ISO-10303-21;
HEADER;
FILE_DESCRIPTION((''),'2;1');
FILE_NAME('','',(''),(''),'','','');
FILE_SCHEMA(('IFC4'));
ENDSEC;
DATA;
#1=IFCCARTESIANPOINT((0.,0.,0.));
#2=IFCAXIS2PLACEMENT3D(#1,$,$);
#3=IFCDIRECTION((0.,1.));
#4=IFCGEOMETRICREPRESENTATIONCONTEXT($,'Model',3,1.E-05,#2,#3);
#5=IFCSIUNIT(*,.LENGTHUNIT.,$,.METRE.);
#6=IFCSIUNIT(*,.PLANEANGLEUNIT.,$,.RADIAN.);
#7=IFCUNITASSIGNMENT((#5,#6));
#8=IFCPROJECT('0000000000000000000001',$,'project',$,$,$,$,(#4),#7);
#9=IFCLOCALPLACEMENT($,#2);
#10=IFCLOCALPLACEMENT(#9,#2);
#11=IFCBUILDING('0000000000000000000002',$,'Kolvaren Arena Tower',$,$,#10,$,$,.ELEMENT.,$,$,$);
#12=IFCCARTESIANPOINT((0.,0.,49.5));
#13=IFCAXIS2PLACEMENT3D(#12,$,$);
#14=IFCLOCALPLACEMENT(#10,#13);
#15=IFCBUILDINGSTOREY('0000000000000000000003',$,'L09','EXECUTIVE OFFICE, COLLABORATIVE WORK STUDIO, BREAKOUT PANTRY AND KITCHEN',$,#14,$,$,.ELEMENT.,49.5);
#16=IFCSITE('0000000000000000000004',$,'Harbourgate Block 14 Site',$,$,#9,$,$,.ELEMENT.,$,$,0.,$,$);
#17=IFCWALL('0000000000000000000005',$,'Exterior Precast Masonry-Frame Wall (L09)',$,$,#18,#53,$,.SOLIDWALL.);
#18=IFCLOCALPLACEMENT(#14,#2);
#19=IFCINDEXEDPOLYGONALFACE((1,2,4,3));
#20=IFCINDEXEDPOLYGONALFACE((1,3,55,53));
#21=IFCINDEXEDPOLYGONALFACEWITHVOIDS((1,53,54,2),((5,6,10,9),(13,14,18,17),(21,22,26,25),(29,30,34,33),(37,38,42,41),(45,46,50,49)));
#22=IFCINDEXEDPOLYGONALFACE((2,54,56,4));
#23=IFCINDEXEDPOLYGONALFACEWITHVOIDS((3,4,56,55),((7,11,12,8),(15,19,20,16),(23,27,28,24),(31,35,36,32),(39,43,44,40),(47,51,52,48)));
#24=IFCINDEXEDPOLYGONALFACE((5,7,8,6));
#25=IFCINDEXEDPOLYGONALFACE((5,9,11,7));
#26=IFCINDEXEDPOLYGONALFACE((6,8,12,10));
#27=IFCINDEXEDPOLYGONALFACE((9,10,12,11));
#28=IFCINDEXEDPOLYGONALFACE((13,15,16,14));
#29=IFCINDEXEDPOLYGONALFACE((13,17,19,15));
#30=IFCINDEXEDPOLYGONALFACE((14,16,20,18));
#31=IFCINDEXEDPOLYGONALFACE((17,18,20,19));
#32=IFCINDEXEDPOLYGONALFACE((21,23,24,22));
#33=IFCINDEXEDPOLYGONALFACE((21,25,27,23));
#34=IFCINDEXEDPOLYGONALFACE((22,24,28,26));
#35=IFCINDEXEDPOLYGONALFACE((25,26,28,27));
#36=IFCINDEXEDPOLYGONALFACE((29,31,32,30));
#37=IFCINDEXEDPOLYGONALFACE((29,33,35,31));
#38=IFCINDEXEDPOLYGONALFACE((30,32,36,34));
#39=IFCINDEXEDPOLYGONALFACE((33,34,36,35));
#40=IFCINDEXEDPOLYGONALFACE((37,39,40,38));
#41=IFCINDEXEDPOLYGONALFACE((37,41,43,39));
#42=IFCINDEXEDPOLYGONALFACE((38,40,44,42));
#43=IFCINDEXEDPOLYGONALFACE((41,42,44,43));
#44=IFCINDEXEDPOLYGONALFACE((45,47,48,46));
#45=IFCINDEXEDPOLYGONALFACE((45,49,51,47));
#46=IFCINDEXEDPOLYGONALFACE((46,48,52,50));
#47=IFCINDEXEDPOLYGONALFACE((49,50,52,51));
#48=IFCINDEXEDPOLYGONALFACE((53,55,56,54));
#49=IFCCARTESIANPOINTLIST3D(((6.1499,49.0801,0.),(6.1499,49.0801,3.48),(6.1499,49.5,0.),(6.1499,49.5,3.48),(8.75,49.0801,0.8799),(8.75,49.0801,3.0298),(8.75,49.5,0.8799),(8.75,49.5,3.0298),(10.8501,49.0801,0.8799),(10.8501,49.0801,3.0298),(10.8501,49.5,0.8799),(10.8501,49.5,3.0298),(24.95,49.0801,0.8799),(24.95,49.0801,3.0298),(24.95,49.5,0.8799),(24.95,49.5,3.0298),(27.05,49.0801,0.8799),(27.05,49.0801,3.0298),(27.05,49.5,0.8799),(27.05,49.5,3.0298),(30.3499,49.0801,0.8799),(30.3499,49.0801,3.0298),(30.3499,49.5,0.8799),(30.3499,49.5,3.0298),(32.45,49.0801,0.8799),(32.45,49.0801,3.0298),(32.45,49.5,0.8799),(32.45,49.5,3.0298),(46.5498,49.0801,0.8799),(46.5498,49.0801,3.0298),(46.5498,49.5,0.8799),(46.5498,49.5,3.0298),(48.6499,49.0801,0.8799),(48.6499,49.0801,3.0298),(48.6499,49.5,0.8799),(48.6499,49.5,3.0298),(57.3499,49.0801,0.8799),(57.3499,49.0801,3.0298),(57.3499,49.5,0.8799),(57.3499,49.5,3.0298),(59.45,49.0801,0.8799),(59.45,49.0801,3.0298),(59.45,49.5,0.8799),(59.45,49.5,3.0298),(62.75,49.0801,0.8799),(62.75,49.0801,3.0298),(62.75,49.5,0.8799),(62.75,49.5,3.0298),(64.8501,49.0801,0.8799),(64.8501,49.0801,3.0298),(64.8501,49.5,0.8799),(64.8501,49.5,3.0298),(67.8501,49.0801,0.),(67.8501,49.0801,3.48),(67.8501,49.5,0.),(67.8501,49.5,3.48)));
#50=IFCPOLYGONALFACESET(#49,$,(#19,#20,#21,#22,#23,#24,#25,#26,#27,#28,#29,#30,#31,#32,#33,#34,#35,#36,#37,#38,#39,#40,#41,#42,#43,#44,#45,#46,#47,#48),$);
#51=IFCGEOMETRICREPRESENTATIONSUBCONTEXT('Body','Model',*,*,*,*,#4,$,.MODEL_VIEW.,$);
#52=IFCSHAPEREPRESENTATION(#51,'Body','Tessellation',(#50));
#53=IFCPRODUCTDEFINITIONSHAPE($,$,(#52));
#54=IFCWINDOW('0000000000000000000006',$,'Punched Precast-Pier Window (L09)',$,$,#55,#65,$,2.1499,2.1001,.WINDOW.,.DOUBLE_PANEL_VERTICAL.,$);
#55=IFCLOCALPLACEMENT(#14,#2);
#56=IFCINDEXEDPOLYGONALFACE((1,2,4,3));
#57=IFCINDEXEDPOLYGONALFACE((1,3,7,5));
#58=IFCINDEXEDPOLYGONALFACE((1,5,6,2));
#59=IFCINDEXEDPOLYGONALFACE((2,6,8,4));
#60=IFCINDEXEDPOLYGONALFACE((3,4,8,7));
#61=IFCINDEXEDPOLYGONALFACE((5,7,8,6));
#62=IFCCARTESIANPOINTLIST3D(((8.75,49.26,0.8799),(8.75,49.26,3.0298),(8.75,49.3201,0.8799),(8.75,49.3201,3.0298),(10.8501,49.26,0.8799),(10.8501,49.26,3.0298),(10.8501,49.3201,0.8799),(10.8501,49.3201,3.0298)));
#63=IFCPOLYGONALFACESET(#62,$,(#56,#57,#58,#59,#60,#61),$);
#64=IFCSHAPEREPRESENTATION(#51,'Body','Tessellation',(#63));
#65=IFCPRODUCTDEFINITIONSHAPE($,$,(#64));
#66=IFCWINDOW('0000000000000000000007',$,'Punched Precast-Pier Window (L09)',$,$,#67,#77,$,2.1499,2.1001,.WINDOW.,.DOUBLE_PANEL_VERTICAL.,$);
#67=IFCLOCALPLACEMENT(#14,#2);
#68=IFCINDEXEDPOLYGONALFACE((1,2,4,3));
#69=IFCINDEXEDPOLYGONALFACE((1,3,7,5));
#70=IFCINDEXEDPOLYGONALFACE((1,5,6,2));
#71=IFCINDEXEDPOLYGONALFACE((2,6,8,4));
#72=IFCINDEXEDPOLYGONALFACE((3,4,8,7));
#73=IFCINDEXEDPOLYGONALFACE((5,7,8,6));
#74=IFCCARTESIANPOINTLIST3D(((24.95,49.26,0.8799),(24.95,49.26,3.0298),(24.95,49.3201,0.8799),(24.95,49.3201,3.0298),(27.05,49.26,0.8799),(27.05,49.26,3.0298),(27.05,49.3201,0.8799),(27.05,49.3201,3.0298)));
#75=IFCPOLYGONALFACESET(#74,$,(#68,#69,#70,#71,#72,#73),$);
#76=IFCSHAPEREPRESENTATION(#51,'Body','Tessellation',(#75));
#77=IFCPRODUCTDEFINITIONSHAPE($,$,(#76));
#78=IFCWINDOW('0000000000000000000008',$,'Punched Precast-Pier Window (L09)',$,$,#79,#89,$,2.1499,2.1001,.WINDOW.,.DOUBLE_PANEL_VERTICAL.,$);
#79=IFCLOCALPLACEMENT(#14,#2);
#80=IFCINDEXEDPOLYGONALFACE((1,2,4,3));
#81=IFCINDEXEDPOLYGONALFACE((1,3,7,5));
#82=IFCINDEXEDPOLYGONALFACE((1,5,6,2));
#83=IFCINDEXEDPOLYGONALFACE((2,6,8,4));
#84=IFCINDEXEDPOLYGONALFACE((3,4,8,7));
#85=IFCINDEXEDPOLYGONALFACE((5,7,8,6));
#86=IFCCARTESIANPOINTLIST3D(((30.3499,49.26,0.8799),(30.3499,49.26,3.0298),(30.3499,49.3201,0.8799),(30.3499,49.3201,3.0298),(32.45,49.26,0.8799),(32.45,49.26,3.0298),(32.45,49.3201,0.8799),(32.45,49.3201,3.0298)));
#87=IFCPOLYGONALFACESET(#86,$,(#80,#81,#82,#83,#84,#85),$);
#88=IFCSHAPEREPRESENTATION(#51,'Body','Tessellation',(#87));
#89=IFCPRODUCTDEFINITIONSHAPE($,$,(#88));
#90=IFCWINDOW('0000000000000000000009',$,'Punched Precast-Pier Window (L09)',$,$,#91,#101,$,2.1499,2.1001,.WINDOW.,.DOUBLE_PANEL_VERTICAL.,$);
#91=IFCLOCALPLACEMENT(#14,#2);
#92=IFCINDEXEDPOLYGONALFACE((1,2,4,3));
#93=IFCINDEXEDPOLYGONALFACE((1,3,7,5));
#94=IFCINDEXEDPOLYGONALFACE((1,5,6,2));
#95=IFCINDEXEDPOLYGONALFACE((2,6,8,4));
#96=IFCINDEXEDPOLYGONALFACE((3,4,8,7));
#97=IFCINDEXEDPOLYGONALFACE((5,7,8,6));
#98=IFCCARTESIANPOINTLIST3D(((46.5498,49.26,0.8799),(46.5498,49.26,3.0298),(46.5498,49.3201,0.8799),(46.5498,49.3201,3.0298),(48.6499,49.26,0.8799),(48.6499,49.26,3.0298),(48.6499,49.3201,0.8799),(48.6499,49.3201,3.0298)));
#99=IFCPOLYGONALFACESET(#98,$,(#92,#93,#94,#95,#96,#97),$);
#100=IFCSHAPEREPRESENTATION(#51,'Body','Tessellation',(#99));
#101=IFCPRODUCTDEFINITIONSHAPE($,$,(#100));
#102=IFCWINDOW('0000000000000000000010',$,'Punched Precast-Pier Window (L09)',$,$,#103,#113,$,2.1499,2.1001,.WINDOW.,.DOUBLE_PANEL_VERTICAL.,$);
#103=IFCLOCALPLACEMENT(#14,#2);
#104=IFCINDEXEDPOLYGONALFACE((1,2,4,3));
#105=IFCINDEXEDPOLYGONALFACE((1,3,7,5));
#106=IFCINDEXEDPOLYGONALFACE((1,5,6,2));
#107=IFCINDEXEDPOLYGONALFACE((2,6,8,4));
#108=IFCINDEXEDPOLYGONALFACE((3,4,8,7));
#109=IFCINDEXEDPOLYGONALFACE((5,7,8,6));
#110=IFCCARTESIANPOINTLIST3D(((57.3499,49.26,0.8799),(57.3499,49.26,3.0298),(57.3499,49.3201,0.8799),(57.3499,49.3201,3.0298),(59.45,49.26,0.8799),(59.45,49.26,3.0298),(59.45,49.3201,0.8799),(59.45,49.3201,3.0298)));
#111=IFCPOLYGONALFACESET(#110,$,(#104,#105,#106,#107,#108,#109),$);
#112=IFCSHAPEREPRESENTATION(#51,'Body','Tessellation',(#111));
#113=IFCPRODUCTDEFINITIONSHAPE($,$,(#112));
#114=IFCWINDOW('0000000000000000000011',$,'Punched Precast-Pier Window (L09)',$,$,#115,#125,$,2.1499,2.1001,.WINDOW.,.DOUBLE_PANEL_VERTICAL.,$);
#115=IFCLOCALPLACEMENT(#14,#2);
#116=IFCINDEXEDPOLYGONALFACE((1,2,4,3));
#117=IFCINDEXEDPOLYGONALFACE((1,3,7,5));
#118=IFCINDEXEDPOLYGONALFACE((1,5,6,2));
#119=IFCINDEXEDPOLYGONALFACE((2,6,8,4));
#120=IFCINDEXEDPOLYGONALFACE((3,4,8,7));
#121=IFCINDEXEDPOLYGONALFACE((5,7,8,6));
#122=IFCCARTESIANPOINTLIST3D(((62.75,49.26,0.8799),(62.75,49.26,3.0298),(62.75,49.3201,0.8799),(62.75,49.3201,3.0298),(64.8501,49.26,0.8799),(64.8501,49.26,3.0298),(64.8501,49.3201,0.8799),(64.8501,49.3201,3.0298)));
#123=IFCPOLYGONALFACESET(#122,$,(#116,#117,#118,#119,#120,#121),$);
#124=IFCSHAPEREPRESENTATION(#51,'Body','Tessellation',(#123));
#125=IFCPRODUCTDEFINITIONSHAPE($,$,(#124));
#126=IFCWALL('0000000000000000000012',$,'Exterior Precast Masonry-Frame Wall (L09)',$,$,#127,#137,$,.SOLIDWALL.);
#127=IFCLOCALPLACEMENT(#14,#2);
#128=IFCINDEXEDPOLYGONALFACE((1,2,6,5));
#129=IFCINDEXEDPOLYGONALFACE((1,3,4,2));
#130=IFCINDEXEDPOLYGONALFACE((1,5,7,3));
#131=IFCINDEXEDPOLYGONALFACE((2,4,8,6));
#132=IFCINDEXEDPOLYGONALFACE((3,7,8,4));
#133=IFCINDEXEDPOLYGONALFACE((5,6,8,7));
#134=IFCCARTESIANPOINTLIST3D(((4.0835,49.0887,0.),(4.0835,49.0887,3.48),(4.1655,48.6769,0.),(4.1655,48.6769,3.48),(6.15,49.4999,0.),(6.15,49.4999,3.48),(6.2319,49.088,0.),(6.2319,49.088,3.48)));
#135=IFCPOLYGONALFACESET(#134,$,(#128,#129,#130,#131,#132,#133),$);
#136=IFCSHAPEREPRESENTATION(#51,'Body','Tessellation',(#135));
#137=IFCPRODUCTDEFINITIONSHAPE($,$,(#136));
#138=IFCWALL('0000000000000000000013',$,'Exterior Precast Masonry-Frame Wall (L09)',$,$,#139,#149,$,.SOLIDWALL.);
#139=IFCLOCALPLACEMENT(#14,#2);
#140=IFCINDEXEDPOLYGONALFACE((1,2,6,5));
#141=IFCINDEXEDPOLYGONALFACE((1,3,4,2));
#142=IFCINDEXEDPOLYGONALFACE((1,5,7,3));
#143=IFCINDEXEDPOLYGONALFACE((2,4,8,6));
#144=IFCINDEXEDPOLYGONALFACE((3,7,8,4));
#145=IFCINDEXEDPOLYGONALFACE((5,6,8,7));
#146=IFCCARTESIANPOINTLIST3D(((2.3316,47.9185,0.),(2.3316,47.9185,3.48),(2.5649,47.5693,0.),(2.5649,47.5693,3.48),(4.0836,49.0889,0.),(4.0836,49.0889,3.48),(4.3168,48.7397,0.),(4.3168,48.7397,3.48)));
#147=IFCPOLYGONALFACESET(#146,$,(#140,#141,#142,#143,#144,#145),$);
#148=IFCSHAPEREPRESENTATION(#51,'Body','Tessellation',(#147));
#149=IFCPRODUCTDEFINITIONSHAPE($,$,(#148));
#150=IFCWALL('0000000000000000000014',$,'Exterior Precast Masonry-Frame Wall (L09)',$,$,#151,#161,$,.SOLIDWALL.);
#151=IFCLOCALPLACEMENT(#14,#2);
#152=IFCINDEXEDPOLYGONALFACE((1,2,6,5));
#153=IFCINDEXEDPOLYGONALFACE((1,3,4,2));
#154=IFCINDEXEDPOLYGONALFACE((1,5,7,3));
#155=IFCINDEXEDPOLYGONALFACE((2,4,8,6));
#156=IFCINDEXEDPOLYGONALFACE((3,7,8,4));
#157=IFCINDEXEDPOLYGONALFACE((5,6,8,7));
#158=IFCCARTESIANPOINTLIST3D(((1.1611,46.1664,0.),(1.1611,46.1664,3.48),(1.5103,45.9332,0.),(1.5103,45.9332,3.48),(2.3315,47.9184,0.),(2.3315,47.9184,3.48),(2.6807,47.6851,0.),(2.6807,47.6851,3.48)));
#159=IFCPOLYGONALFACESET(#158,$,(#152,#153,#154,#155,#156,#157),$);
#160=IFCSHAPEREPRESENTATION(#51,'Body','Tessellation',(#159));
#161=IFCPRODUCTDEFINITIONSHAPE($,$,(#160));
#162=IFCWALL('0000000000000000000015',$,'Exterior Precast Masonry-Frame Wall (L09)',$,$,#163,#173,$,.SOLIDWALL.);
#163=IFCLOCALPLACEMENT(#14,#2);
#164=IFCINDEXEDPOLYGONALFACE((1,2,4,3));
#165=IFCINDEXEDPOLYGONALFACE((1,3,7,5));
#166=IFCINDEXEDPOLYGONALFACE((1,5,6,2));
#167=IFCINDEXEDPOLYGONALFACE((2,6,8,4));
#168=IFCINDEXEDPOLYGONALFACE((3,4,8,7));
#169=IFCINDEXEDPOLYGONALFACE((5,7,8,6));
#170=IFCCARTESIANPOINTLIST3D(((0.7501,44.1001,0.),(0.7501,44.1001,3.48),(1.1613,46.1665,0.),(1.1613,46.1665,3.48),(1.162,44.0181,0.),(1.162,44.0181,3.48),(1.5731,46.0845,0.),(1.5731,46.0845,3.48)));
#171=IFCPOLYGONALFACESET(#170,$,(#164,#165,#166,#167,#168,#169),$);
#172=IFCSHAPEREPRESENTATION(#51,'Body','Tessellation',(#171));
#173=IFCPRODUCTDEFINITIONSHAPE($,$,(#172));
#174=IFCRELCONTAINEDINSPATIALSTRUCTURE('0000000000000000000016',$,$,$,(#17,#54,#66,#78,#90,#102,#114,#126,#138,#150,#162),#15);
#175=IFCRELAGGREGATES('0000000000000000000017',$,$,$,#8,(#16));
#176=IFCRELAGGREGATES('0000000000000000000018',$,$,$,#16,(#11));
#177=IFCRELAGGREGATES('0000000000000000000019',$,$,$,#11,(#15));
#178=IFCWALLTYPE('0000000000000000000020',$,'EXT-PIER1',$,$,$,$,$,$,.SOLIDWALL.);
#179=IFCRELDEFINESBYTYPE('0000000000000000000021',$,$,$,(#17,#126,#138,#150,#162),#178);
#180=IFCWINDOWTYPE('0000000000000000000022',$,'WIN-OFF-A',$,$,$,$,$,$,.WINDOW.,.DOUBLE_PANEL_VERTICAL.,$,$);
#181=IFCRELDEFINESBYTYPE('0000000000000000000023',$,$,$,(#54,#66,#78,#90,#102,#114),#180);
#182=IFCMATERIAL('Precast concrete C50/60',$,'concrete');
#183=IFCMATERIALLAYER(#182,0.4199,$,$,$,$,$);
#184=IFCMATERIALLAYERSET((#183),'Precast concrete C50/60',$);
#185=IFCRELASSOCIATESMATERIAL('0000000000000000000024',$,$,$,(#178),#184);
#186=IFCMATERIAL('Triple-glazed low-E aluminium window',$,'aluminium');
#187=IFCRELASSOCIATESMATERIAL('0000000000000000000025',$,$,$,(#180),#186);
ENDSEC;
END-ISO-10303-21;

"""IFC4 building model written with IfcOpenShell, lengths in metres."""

from ifc_helpers import new_model, si_unit, direction, frame, frame_2d, origin, place, context, subcontext, project, spatial, rectangle, extrude, material, layer, layer_set, type_object, element, fill, save


model = new_model("IFC4")

# Units and contexts
model_context = context("Model", 3, precision=1e-05, world=origin(), true_north=direction((0.0, 1.0)))
body_context = subcontext(model_context, "Body", "Model", "MODEL_VIEW")
ifc_project = project(units=[si_unit("LENGTHUNIT", "METRE"), si_unit("PLANEANGLEUNIT", "RADIAN")], contexts=[model_context])

# Site, building, storey
site_placement = place(None, origin())
site = spatial("IfcSite", under=ifc_project, at=site_placement, Name="Harbourgate Block 14 Site", CompositionType="ELEMENT", RefElevation=0.0)
building_placement = place(site_placement, origin())
building = spatial("IfcBuilding", under=site, at=building_placement, Name="Kolvaren Arena Tower", CompositionType="ELEMENT")
storey_placement = place(building_placement, frame((0.0, 0.0, 49.5)))
storey = spatial("IfcBuildingStorey", under=building, at=storey_placement, Name="L09", Description="EXECUTIVE OFFICE, COLLABORATIVE WORK STUDIO, BREAKOUT PANTRY AND KITCHEN", CompositionType="ELEMENT", Elevation=49.5)

# Wall, openings, windows
ifc_material_1 = material(Name="Precast concrete C50/60", Category="concrete")
ifc_layer = layer(ifc_material_1, 0.4199)
ifc_layer_set = layer_set([ifc_layer], Name="Precast concrete C50/60")
wall_type = type_object("IfcWallType", Name="EXT-PIER1", PredefinedType="SOLIDWALL", material=ifc_layer_set)
wall_placement = place(storey_placement, frame((6.1499, 49.29, 0.0), z_axis=(0.0, 0.0, 1.0), x_axis=(1.0, 0.0, 0.0)))
wall = element("IfcWall", 1, at=wall_placement, inside=storey, type_object=wall_type, Name="Exterior Precast Masonry-Frame Wall (L09)", PredefinedType="SOLIDWALL", context=body_context, shape_type="SweptSolid", body=[
    extrude(rectangle(XDim=61.7002, YDim=0.4199, at=frame_2d((30.8501, 0.0))), origin(), (0.0, 0.0, 1.0), 3.48),
])
opening_1_placement = place(wall_placement, frame((2.6001, 0.0, 0.8799)))
opening_1 = element("IfcOpeningElement", 2, at=opening_1_placement, cuts=wall, PredefinedType="OPENING", context=body_context, shape_type="SweptSolid", body=[
    extrude(rectangle(XDim=2.1001, YDim=2.1499, at=frame_2d((1.05, 1.075))), frame((0.0, 0.22, 0.0), z_axis=(0.0, -1.0, 0.0), x_axis=(1.0, 0.0, 0.0)), (0.0, 0.0, 1.0), 0.4399),
])
opening_2_placement = place(wall_placement, frame((18.8, 0.0, 0.8799)))
opening_2 = element("IfcOpeningElement", 3, at=opening_2_placement, cuts=wall, PredefinedType="OPENING", context=body_context, shape_type="SweptSolid", body=[
    extrude(rectangle(XDim=2.1001, YDim=2.1499, at=frame_2d((1.05, 1.075))), frame((0.0, 0.22, 0.0), z_axis=(0.0, -1.0, 0.0), x_axis=(1.0, 0.0, 0.0)), (0.0, 0.0, 1.0), 0.4399),
])
opening_3_placement = place(wall_placement, frame((24.2, 0.0, 0.8799)))
opening_3 = element("IfcOpeningElement", 4, at=opening_3_placement, cuts=wall, PredefinedType="OPENING", context=body_context, shape_type="SweptSolid", body=[
    extrude(rectangle(XDim=2.1001, YDim=2.1499, at=frame_2d((1.05, 1.075))), frame((0.0, 0.22, 0.0), z_axis=(0.0, -1.0, 0.0), x_axis=(1.0, 0.0, 0.0)), (0.0, 0.0, 1.0), 0.4399),
])
opening_4_placement = place(wall_placement, frame((40.3999, 0.0, 0.8799)))
opening_4 = element("IfcOpeningElement", 5, at=opening_4_placement, cuts=wall, PredefinedType="OPENING", context=body_context, shape_type="SweptSolid", body=[
    extrude(rectangle(XDim=2.1001, YDim=2.1499, at=frame_2d((1.05, 1.075))), frame((0.0, 0.22, 0.0), z_axis=(0.0, -1.0, 0.0), x_axis=(1.0, 0.0, 0.0)), (0.0, 0.0, 1.0), 0.4399),
])
opening_5_placement = place(wall_placement, frame((51.2, 0.0, 0.8799)))
opening_5 = element("IfcOpeningElement", 6, at=opening_5_placement, cuts=wall, PredefinedType="OPENING", context=body_context, shape_type="SweptSolid", body=[
    extrude(rectangle(XDim=2.1001, YDim=2.1499, at=frame_2d((1.05, 1.075))), frame((0.0, 0.22, 0.0), z_axis=(0.0, -1.0, 0.0), x_axis=(1.0, 0.0, 0.0)), (0.0, 0.0, 1.0), 0.4399),
])
opening_6_placement = place(wall_placement, frame((56.6001, 0.0, 0.8799)))
opening_6 = element("IfcOpeningElement", 7, at=opening_6_placement, cuts=wall, PredefinedType="OPENING", context=body_context, shape_type="SweptSolid", body=[
    extrude(rectangle(XDim=2.1001, YDim=2.1499, at=frame_2d((1.05, 1.075))), frame((0.0, 0.22, 0.0), z_axis=(0.0, -1.0, 0.0), x_axis=(1.0, 0.0, 0.0)), (0.0, 0.0, 1.0), 0.4399),
])
ifc_material_2 = material(Name="Triple-glazed low-E aluminium window", Category="aluminium")
window_type = type_object("IfcWindowType", Name="WIN-OFF-A", PartitioningType="DOUBLE_PANEL_VERTICAL", PredefinedType="WINDOW", material=ifc_material_2)
window_1_placement = place(opening_1_placement, origin())
window_1 = element("IfcWindow", 8, at=window_1_placement, inside=storey, type_object=window_type, Name="Punched Precast-Pier Window (L09)", OverallHeight=2.1499, OverallWidth=2.1001, PartitioningType="DOUBLE_PANEL_VERTICAL", PredefinedType="WINDOW", context=body_context, shape_type="SweptSolid", body=[
    extrude(rectangle(XDim=2.1001, YDim=2.1499, at=frame_2d((1.05, 1.075))), frame((0.0, 0.03, 0.0), z_axis=(0.0, -1.0, 0.0), x_axis=(1.0, 0.0, 0.0)), (0.0, 0.0, 1.0), 0.0601),
])
fill(opening_1, window_1)
window_2_placement = place(opening_2_placement, origin())
window_2 = element("IfcWindow", 9, at=window_2_placement, inside=storey, type_object=window_type, Name="Punched Precast-Pier Window (L09)", OverallHeight=2.1499, OverallWidth=2.1001, PartitioningType="DOUBLE_PANEL_VERTICAL", PredefinedType="WINDOW", context=body_context, shape_type="SweptSolid", body=[
    extrude(rectangle(XDim=2.1001, YDim=2.1499, at=frame_2d((1.05, 1.075))), frame((0.0, 0.03, 0.0), z_axis=(0.0, -1.0, 0.0), x_axis=(1.0, 0.0, 0.0)), (0.0, 0.0, 1.0), 0.0601),
])
fill(opening_2, window_2)
window_3_placement = place(opening_3_placement, origin())
window_3 = element("IfcWindow", 10, at=window_3_placement, inside=storey, type_object=window_type, Name="Punched Precast-Pier Window (L09)", OverallHeight=2.1499, OverallWidth=2.1001, PartitioningType="DOUBLE_PANEL_VERTICAL", PredefinedType="WINDOW", context=body_context, shape_type="SweptSolid", body=[
    extrude(rectangle(XDim=2.1001, YDim=2.1499, at=frame_2d((1.05, 1.075))), frame((0.0, 0.03, 0.0), z_axis=(0.0, -1.0, 0.0), x_axis=(1.0, 0.0, 0.0)), (0.0, 0.0, 1.0), 0.0601),
])
fill(opening_3, window_3)
window_4_placement = place(opening_4_placement, origin())
window_4 = element("IfcWindow", 11, at=window_4_placement, inside=storey, type_object=window_type, Name="Punched Precast-Pier Window (L09)", OverallHeight=2.1499, OverallWidth=2.1001, PartitioningType="DOUBLE_PANEL_VERTICAL", PredefinedType="WINDOW", context=body_context, shape_type="SweptSolid", body=[
    extrude(rectangle(XDim=2.1001, YDim=2.1499, at=frame_2d((1.05, 1.075))), frame((0.0, 0.03, 0.0), z_axis=(0.0, -1.0, 0.0), x_axis=(1.0, 0.0, 0.0)), (0.0, 0.0, 1.0), 0.0601),
])
fill(opening_4, window_4)
window_5_placement = place(opening_5_placement, origin())
window_5 = element("IfcWindow", 12, at=window_5_placement, inside=storey, type_object=window_type, Name="Punched Precast-Pier Window (L09)", OverallHeight=2.1499, OverallWidth=2.1001, PartitioningType="DOUBLE_PANEL_VERTICAL", PredefinedType="WINDOW", context=body_context, shape_type="SweptSolid", body=[
    extrude(rectangle(XDim=2.1001, YDim=2.1499, at=frame_2d((1.05, 1.075))), frame((0.0, 0.03, 0.0), z_axis=(0.0, -1.0, 0.0), x_axis=(1.0, 0.0, 0.0)), (0.0, 0.0, 1.0), 0.0601),
])
fill(opening_5, window_5)
window_6_placement = place(opening_6_placement, origin())
window_6 = element("IfcWindow", 13, at=window_6_placement, inside=storey, type_object=window_type, Name="Punched Precast-Pier Window (L09)", OverallHeight=2.1499, OverallWidth=2.1001, PartitioningType="DOUBLE_PANEL_VERTICAL", PredefinedType="WINDOW", context=body_context, shape_type="SweptSolid", body=[
    extrude(rectangle(XDim=2.1001, YDim=2.1499, at=frame_2d((1.05, 1.075))), frame((0.0, 0.03, 0.0), z_axis=(0.0, -1.0, 0.0), x_axis=(1.0, 0.0, 0.0)), (0.0, 0.0, 1.0), 0.0601),
])
fill(opening_6, window_6)

# Walls
for number, where, z_axis, x_axis, name in (
    (14, (4.1245, 48.8828, 0.0), (0.0, 0.0, 1.0), (0.980776, 0.195136, 0.0), "Exterior Precast Masonry-Frame Wall (L09)"),
    (15, (2.4482, 47.7439, 0.0), (0.0, 0.0, 1.0), (0.831515, 0.555502, 0.0), "Exterior Precast Masonry-Frame Wall (L09)"),
    (16, (1.3357, 46.0498, 0.0), (0.0, 0.0, 1.0), (0.555502, 0.831515, 0.0), "Exterior Precast Masonry-Frame Wall (L09)"),
    (17, (0.9561, 44.0591, 0.0), (0.0, 0.0, 1.0), (0.195136, 0.980776, 0.0), "Exterior Precast Masonry-Frame Wall (L09)"),
):
    element("IfcWall", number, at=place(storey_placement, frame(where, z_axis=z_axis, x_axis=x_axis)), inside=storey, type_object=wall_type, Name=name, PredefinedType="SOLIDWALL", context=body_context, shape_type="SweptSolid", body=[
        extrude(rectangle(XDim=2.1069, YDim=0.4199, at=frame_2d((1.0535, 0.0))), origin(), (0.0, 0.0, 1.0), 3.48),
    ])

save(model, "model.ifc")
